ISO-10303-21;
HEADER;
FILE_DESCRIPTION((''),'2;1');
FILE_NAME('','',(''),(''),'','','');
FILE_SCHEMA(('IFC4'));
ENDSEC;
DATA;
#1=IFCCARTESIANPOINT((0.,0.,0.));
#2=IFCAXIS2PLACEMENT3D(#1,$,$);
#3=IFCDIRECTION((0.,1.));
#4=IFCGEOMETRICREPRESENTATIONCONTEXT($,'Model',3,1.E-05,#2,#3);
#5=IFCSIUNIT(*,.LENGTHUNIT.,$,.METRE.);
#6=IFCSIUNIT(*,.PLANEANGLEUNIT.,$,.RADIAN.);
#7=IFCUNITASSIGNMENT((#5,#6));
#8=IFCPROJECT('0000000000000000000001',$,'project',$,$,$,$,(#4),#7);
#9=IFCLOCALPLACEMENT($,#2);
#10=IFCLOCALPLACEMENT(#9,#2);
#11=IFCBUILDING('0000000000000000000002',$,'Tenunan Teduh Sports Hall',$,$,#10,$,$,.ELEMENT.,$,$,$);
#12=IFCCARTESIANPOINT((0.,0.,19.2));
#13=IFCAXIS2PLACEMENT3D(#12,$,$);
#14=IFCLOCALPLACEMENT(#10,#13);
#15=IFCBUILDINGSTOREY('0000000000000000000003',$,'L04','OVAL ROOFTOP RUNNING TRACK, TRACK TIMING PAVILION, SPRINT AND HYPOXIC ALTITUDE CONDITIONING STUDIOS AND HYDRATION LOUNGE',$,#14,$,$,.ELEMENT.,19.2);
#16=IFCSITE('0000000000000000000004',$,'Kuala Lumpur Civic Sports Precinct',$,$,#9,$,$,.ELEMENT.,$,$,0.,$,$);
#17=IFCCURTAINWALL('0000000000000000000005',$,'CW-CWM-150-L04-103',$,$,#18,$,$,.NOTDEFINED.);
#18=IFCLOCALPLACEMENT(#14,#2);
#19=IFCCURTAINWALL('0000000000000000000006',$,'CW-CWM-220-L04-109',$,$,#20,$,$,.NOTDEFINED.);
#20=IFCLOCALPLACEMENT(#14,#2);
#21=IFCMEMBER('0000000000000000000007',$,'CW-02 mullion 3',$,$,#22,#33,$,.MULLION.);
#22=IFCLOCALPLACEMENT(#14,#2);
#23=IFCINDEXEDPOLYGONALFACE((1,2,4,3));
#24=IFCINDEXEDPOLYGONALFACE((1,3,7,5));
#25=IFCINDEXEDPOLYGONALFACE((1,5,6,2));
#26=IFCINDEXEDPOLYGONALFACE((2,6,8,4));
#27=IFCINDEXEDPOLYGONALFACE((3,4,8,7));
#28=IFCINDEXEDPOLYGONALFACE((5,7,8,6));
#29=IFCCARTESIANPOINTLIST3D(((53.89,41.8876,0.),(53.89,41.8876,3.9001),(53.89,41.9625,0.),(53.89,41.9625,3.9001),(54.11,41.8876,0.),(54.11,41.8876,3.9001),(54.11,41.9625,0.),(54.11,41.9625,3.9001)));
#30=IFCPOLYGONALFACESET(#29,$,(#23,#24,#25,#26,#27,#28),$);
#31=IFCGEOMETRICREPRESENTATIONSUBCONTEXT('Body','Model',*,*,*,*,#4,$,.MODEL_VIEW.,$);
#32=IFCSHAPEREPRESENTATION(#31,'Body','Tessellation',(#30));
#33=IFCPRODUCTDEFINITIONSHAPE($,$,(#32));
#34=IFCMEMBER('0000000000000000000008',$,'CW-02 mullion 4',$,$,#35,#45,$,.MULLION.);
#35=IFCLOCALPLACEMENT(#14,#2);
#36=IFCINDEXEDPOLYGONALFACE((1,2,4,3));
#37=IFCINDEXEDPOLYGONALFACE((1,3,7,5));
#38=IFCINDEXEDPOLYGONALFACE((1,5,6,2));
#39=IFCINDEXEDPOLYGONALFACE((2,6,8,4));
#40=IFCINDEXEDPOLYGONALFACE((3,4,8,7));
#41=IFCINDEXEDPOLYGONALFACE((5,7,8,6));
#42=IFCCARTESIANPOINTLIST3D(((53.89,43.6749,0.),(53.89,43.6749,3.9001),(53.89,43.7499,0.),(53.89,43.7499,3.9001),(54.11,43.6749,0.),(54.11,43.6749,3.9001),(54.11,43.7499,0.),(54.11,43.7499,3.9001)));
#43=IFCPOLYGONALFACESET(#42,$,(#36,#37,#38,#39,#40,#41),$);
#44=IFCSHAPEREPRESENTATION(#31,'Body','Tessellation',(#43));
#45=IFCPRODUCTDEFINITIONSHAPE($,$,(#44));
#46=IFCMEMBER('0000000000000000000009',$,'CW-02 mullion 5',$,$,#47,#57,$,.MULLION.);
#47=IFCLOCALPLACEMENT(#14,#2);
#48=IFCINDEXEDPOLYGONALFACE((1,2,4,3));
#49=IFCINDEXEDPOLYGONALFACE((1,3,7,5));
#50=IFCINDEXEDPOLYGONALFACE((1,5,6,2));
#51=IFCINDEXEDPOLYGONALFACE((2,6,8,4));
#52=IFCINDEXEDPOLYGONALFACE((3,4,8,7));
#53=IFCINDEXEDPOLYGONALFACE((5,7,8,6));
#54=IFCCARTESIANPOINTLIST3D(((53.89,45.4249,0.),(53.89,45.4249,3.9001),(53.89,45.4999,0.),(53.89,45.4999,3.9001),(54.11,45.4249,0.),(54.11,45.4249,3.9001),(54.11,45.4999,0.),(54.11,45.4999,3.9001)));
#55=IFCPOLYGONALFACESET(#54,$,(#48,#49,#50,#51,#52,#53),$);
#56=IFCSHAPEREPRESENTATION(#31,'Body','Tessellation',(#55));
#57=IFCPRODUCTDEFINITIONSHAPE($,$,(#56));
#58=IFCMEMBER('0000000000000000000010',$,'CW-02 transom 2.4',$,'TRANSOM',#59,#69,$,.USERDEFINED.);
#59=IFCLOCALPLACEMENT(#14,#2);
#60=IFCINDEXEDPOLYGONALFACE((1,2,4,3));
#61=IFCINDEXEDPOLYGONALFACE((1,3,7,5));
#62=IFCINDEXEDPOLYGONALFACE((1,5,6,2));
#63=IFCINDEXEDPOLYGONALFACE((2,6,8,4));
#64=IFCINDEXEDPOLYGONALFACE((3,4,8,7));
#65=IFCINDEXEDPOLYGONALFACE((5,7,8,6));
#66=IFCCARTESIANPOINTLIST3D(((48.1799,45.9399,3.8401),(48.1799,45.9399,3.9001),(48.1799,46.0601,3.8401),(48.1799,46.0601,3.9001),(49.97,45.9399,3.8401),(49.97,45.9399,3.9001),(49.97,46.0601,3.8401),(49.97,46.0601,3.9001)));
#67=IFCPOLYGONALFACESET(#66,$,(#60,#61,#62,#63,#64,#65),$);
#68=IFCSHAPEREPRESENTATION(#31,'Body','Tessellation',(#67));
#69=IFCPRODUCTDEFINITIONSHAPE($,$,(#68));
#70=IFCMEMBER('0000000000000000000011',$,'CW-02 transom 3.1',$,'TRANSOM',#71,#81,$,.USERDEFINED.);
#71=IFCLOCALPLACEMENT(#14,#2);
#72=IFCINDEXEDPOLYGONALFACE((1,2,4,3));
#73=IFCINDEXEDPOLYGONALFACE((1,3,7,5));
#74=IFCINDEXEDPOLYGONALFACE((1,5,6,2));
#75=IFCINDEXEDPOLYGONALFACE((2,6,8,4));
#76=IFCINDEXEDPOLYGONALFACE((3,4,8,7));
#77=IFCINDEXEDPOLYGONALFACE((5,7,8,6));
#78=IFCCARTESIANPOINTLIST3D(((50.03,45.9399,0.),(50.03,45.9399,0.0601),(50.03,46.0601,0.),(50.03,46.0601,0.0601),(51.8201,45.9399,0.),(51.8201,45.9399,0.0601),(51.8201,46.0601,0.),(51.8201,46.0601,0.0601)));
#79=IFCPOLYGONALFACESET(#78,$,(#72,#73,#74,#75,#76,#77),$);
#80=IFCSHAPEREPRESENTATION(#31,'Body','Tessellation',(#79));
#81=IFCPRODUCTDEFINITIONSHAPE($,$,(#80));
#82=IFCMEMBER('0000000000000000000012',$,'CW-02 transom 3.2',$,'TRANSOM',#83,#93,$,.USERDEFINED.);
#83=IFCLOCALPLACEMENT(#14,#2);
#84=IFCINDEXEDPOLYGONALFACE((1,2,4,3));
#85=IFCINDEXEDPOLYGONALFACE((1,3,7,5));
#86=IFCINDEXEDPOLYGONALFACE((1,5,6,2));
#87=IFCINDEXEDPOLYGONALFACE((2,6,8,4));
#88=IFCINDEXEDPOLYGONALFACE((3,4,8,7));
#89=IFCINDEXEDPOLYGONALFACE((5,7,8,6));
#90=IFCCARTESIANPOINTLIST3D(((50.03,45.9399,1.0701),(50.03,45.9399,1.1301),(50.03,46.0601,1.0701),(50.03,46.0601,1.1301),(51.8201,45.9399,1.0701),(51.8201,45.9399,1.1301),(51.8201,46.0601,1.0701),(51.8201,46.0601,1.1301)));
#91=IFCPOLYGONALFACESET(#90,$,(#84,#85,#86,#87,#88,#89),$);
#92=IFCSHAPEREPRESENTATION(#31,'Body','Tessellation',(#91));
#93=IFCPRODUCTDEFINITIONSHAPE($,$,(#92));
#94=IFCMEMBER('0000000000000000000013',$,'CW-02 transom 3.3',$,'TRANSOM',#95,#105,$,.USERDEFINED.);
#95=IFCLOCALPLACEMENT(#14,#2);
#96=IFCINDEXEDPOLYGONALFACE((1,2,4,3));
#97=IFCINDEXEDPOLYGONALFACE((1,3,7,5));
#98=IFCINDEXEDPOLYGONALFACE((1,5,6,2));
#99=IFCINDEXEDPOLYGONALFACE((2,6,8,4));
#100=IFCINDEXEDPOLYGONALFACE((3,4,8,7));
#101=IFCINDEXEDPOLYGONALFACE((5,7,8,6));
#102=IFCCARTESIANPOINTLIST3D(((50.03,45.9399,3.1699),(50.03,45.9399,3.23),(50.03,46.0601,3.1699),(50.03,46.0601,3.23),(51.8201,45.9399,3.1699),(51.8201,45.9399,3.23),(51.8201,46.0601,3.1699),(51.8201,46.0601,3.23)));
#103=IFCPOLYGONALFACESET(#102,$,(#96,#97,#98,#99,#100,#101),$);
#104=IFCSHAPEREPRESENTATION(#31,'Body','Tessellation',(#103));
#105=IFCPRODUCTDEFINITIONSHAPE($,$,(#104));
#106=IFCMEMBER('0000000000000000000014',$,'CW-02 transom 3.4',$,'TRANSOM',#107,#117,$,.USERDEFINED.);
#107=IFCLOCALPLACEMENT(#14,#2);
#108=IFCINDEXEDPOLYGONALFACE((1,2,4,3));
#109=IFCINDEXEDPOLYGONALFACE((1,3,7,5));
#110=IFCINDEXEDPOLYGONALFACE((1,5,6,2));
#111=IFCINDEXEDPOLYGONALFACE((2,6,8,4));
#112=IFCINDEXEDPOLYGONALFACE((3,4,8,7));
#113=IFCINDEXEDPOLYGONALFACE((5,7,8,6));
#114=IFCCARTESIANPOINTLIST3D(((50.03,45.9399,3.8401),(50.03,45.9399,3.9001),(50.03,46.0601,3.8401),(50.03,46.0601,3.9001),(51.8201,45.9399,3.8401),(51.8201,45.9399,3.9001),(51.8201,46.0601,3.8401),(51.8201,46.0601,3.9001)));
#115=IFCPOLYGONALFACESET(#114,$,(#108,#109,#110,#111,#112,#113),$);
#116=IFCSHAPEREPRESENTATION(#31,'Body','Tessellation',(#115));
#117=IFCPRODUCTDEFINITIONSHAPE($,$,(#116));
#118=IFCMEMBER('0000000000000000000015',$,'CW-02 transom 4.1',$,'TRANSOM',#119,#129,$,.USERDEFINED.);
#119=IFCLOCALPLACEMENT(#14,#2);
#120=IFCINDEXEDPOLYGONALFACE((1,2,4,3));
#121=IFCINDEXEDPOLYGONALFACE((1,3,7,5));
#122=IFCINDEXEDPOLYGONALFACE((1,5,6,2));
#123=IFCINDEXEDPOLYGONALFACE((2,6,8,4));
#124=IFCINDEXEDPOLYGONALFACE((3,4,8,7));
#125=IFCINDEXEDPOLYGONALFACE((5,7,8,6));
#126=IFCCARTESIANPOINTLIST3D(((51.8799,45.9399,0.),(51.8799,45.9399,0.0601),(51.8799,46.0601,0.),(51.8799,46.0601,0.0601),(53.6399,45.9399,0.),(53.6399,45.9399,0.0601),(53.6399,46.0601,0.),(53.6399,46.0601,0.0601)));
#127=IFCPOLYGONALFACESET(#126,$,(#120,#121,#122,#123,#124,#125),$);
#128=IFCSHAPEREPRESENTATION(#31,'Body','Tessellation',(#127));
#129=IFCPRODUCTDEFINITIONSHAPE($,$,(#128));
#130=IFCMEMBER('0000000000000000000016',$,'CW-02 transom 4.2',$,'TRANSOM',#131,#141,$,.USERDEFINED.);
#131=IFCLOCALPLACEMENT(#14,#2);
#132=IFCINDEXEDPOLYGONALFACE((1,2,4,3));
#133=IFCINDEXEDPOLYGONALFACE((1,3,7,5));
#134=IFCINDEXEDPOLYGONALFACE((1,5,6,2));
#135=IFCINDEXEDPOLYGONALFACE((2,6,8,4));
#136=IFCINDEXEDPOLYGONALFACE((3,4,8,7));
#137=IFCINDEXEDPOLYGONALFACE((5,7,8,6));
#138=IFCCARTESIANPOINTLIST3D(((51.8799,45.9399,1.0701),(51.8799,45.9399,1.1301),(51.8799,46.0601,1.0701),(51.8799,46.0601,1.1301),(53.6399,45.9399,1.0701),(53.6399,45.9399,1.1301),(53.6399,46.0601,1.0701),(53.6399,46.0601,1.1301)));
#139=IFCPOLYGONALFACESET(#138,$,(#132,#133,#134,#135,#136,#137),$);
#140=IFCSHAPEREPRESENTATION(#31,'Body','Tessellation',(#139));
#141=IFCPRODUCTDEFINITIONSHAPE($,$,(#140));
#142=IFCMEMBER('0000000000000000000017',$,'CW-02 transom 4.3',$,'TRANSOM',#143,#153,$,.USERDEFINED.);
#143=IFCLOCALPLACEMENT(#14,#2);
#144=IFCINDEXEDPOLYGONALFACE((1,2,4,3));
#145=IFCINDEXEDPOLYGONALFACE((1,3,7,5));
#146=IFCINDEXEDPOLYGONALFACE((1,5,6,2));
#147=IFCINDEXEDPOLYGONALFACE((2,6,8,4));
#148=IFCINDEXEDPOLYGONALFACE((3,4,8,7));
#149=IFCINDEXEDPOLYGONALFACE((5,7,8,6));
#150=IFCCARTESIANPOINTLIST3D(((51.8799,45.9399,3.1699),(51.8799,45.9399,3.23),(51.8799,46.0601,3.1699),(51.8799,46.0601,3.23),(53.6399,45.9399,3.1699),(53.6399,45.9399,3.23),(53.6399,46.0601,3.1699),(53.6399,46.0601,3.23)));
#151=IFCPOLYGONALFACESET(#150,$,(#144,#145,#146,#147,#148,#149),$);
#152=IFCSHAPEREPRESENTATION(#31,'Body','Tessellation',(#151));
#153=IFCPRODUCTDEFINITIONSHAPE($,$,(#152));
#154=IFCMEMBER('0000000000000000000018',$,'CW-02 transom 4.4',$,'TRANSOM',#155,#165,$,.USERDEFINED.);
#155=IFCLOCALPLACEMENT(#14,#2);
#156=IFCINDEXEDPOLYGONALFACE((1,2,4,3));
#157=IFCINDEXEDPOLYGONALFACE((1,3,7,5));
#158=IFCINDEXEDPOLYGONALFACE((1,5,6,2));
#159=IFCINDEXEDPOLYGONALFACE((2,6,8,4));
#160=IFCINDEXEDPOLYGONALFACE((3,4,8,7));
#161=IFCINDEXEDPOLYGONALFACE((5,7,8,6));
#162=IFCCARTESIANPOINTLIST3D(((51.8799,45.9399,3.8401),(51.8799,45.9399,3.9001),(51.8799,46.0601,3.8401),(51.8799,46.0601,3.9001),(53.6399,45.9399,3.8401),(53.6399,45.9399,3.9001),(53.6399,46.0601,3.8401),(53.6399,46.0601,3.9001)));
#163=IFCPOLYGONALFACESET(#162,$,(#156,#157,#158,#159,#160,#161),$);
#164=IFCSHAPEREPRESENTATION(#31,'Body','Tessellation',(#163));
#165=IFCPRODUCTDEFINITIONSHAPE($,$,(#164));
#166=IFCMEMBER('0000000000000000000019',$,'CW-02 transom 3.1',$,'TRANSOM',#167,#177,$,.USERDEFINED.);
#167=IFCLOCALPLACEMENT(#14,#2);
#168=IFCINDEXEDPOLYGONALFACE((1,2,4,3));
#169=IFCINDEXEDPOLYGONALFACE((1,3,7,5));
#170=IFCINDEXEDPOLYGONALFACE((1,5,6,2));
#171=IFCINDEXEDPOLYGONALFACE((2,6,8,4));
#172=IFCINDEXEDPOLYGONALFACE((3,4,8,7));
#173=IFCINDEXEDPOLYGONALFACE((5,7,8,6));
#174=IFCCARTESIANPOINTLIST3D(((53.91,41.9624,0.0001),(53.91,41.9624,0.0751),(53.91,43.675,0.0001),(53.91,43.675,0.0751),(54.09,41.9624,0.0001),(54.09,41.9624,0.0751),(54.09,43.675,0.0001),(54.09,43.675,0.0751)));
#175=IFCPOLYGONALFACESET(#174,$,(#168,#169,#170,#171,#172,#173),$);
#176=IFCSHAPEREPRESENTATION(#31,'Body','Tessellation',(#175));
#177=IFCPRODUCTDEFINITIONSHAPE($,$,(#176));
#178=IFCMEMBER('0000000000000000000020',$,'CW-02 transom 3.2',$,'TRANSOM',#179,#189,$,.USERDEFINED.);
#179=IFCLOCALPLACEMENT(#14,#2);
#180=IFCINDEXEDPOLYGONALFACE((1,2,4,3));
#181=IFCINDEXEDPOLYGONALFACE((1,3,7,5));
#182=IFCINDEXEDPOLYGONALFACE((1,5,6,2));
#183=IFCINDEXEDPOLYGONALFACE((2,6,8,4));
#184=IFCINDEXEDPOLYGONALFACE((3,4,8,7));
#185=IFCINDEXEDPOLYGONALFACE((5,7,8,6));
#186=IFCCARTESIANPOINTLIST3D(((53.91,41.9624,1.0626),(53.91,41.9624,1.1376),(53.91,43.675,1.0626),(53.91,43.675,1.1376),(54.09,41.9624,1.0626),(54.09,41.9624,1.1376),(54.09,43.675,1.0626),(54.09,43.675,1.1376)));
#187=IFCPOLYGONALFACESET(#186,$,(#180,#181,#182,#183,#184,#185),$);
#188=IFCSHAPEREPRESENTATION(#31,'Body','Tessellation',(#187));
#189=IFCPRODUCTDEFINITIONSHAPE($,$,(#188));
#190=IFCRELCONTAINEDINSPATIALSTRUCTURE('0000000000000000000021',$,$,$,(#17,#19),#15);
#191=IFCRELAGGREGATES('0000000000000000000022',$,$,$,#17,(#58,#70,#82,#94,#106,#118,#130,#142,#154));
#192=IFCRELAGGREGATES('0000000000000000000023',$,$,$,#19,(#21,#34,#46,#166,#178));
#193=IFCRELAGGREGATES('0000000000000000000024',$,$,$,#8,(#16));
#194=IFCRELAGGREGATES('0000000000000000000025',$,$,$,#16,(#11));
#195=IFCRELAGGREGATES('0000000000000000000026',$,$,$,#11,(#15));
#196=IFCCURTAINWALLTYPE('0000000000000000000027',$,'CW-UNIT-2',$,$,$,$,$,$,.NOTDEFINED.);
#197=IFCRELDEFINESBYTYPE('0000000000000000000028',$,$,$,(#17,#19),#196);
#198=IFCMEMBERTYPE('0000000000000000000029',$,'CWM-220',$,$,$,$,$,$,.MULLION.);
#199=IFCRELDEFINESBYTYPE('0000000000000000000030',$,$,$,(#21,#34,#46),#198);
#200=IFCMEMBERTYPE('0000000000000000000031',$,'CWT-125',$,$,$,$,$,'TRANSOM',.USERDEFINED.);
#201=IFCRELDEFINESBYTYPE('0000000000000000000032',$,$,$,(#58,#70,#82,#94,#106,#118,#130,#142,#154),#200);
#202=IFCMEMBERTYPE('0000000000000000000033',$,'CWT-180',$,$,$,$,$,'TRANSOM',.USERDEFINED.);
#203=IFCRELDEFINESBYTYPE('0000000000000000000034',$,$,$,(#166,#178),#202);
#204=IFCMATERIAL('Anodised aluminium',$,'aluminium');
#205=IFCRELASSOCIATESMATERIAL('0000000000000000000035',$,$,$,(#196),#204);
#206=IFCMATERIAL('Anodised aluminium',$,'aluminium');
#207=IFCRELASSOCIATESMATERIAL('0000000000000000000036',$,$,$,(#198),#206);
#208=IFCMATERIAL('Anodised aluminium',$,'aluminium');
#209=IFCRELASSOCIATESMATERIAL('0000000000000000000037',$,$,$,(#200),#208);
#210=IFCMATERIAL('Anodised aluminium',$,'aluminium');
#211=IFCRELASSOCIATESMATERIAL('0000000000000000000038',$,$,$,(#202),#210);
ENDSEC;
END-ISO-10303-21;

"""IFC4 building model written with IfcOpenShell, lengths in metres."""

from ifc_helpers import new_model, si_unit, direction, frame, origin, origin_2d, place, context, subcontext, project, spatial, rectangle, extrude, material, material_profile, profile_set, type_object, element, aggregate, save


model = new_model("IFC4")

# Units and contexts
model_context = context("Model", 3, precision=1e-05, world=origin(), true_north=direction((0.0, 1.0)))
body_context = subcontext(model_context, "Body", "Model", "MODEL_VIEW")
ifc_project = project(units=[si_unit("LENGTHUNIT", "METRE"), si_unit("PLANEANGLEUNIT", "RADIAN")], contexts=[model_context])

# Site, building, storey
site_placement = place(None, origin())
site = spatial("IfcSite", under=ifc_project, at=site_placement, Name="Kuala Lumpur Civic Sports Precinct", CompositionType="ELEMENT", RefElevation=0.0)
building_placement = place(site_placement, origin())
building = spatial("IfcBuilding", under=site, at=building_placement, Name="Tenunan Teduh Sports Hall", CompositionType="ELEMENT")
storey_placement = place(building_placement, frame((0.0, 0.0, 19.2)))
storey = spatial("IfcBuildingStorey", under=building, at=storey_placement, Name="L04", Description="OVAL ROOFTOP RUNNING TRACK, TRACK TIMING PAVILION, SPRINT AND HYPOXIC ALTITUDE CONDITIONING STUDIOS AND HYDRATION LOUNGE", CompositionType="ELEMENT", Elevation=19.2)

# Curtain walls, members
ifc_material_1 = material(Name="Anodised aluminium", Category="aluminium")
curtain_wall_type = type_object("IfcCurtainWallType", Name="CW-UNIT-2", PredefinedType="NOTDEFINED", material=ifc_material_1)
curtain_wall_1_placement = place(storey_placement, origin())
curtain_wall_1 = element("IfcCurtainWall", 1, at=curtain_wall_1_placement, inside=storey, type_object=curtain_wall_type, Name="CW-CWM-150-L04-103", PredefinedType="NOTDEFINED")
curtain_wall_2_placement = place(storey_placement, origin())
curtain_wall_2 = element("IfcCurtainWall", 2, at=curtain_wall_2_placement, inside=storey, type_object=curtain_wall_type, Name="CW-CWM-220-L04-109", PredefinedType="NOTDEFINED")
ifc_material_2 = material(Name="Anodised aluminium", Category="aluminium")
ifc_material_profile_1 = material_profile(ifc_material_2, rectangle(XDim=0.075, YDim=0.22, at=origin_2d()), Name="CWM 75x220")
ifc_profile_set_1 = profile_set([ifc_material_profile_1], Name="Anodised aluminium")
member_type_1 = type_object("IfcMemberType", Name="CWM-220", PredefinedType="MULLION", material=ifc_profile_set_1)
member_1_placement = place(storey_placement, frame((54.0, 41.925, 0.0), z_axis=(0.0, 0.0, 1.0), x_axis=(0.0, 1.0, 0.0)))
member_1 = element("IfcMember", 3, at=member_1_placement, type_object=member_type_1, Name="CW-02 mullion 3", PredefinedType="MULLION", context=body_context, shape_type="SweptSolid", body=[
    extrude(rectangle(XDim=0.075, YDim=0.22, at=origin_2d()), origin(), (0.0, 0.0, 1.0), 3.9001),
])
member_2_placement = place(storey_placement, frame((54.0, 43.7124, 0.0), z_axis=(0.0, 0.0, 1.0), x_axis=(0.0, 1.0, 0.0)))
member_2 = element("IfcMember", 4, at=member_2_placement, type_object=member_type_1, Name="CW-02 mullion 4", PredefinedType="MULLION", context=body_context, shape_type="SweptSolid", body=[
    extrude(rectangle(XDim=0.075, YDim=0.22, at=origin_2d()), origin(), (0.0, 0.0, 1.0), 3.9001),
])
member_3_placement = place(storey_placement, frame((54.0, 45.4624, 0.0), z_axis=(0.0, 0.0, 1.0), x_axis=(0.0, 1.0, 0.0)))
member_3 = element("IfcMember", 5, at=member_3_placement, type_object=member_type_1, Name="CW-02 mullion 5", PredefinedType="MULLION", context=body_context, shape_type="SweptSolid", body=[
    extrude(rectangle(XDim=0.075, YDim=0.22, at=origin_2d()), origin(), (0.0, 0.0, 1.0), 3.9001),
])

# Members
ifc_material_3 = material(Name="Anodised aluminium", Category="aluminium")
ifc_material_profile_2 = material_profile(ifc_material_3, rectangle(XDim=0.0601, YDim=0.1201, at=origin_2d()), Name="CWT 60x120")
ifc_profile_set_2 = profile_set([ifc_material_profile_2], Name="Anodised aluminium")
member_type_2 = type_object("IfcMemberType", Name="CWT-125", ElementType="TRANSOM", PredefinedType="USERDEFINED", material=ifc_profile_set_2)
member_4_placement = place(storey_placement, frame((48.1799, 46.0, 3.8701), z_axis=(1.0, 0.0, 0.0), x_axis=(0.0, 0.0, 1.0)))
member_4 = element("IfcMember", 6, at=member_4_placement, type_object=member_type_2, Name="CW-02 transom 2.4", ObjectType="TRANSOM", PredefinedType="USERDEFINED", context=body_context, shape_type="SweptSolid", body=[
    extrude(rectangle(XDim=0.0601, YDim=0.1201, at=origin_2d()), origin(), (0.0, 0.0, 1.0), 1.79),
])
member_5_placement = place(storey_placement, frame((50.03, 46.0, 0.03), z_axis=(1.0, 0.0, 0.0), x_axis=(0.0, 0.0, 1.0)))
member_5 = element("IfcMember", 7, at=member_5_placement, type_object=member_type_2, Name="CW-02 transom 3.1", ObjectType="TRANSOM", PredefinedType="USERDEFINED", context=body_context, shape_type="SweptSolid", body=[
    extrude(rectangle(XDim=0.0601, YDim=0.1201, at=origin_2d()), origin(), (0.0, 0.0, 1.0), 1.79),
])
member_6_placement = place(storey_placement, frame((50.03, 46.0, 1.1001), z_axis=(1.0, 0.0, 0.0), x_axis=(0.0, 0.0, 1.0)))
member_6 = element("IfcMember", 8, at=member_6_placement, type_object=member_type_2, Name="CW-02 transom 3.2", ObjectType="TRANSOM", PredefinedType="USERDEFINED", context=body_context, shape_type="SweptSolid", body=[
    extrude(rectangle(XDim=0.0601, YDim=0.1201, at=origin_2d()), origin(), (0.0, 0.0, 1.0), 1.79),
])
member_7_placement = place(storey_placement, frame((50.03, 46.0, 3.2), z_axis=(1.0, 0.0, 0.0), x_axis=(0.0, 0.0, 1.0)))
member_7 = element("IfcMember", 9, at=member_7_placement, type_object=member_type_2, Name="CW-02 transom 3.3", ObjectType="TRANSOM", PredefinedType="USERDEFINED", context=body_context, shape_type="SweptSolid", body=[
    extrude(rectangle(XDim=0.0601, YDim=0.1201, at=origin_2d()), origin(), (0.0, 0.0, 1.0), 1.79),
])
member_8_placement = place(storey_placement, frame((50.03, 46.0, 3.8701), z_axis=(1.0, 0.0, 0.0), x_axis=(0.0, 0.0, 1.0)))
member_8 = element("IfcMember", 10, at=member_8_placement, type_object=member_type_2, Name="CW-02 transom 3.4", ObjectType="TRANSOM", PredefinedType="USERDEFINED", context=body_context, shape_type="SweptSolid", body=[
    extrude(rectangle(XDim=0.0601, YDim=0.1201, at=origin_2d()), origin(), (0.0, 0.0, 1.0), 1.79),
])
member_9_placement = place(storey_placement, frame((51.8799, 46.0, 0.03), z_axis=(1.0, 0.0, 0.0), x_axis=(0.0, 0.0, 1.0)))
member_9 = element("IfcMember", 11, at=member_9_placement, type_object=member_type_2, Name="CW-02 transom 4.1", ObjectType="TRANSOM", PredefinedType="USERDEFINED", context=body_context, shape_type="SweptSolid", body=[
    extrude(rectangle(XDim=0.0601, YDim=0.1201, at=origin_2d()), origin(), (0.0, 0.0, 1.0), 1.76),
])
member_10_placement = place(storey_placement, frame((51.8799, 46.0, 1.1001), z_axis=(1.0, 0.0, 0.0), x_axis=(0.0, 0.0, 1.0)))
member_10 = element("IfcMember", 12, at=member_10_placement, type_object=member_type_2, Name="CW-02 transom 4.2", ObjectType="TRANSOM", PredefinedType="USERDEFINED", context=body_context, shape_type="SweptSolid", body=[
    extrude(rectangle(XDim=0.0601, YDim=0.1201, at=origin_2d()), origin(), (0.0, 0.0, 1.0), 1.76),
])
member_11_placement = place(storey_placement, frame((51.8799, 46.0, 3.2), z_axis=(1.0, 0.0, 0.0), x_axis=(0.0, 0.0, 1.0)))
member_11 = element("IfcMember", 13, at=member_11_placement, type_object=member_type_2, Name="CW-02 transom 4.3", ObjectType="TRANSOM", PredefinedType="USERDEFINED", context=body_context, shape_type="SweptSolid", body=[
    extrude(rectangle(XDim=0.0601, YDim=0.1201, at=origin_2d()), origin(), (0.0, 0.0, 1.0), 1.76),
])
member_12_placement = place(storey_placement, frame((51.8799, 46.0, 3.8701), z_axis=(1.0, 0.0, 0.0), x_axis=(0.0, 0.0, 1.0)))
member_12 = element("IfcMember", 14, at=member_12_placement, type_object=member_type_2, Name="CW-02 transom 4.4", ObjectType="TRANSOM", PredefinedType="USERDEFINED", context=body_context, shape_type="SweptSolid", body=[
    extrude(rectangle(XDim=0.0601, YDim=0.1201, at=origin_2d()), origin(), (0.0, 0.0, 1.0), 1.76),
])
ifc_material_4 = material(Name="Anodised aluminium", Category="aluminium")
ifc_material_profile_3 = material_profile(ifc_material_4, rectangle(XDim=0.075, YDim=0.1799, at=origin_2d()), Name="CWT 75x180")
ifc_profile_set_3 = profile_set([ifc_material_profile_3], Name="Anodised aluminium")
member_type_3 = type_object("IfcMemberType", Name="CWT-180", ElementType="TRANSOM", PredefinedType="USERDEFINED", material=ifc_profile_set_3)
member_13_placement = place(storey_placement, frame((54.0, 41.9624, 0.0376), z_axis=(0.0, 1.0, 0.0), x_axis=(0.0, 0.0, 1.0)))
member_13 = element("IfcMember", 15, at=member_13_placement, type_object=member_type_3, Name="CW-02 transom 3.1", ObjectType="TRANSOM", PredefinedType="USERDEFINED", context=body_context, shape_type="SweptSolid", body=[
    extrude(rectangle(XDim=0.075, YDim=0.1799, at=origin_2d()), origin(), (0.0, 0.0, 1.0), 1.7126),
])
member_14_placement = place(storey_placement, frame((54.0, 41.9624, 1.1001), z_axis=(0.0, 1.0, 0.0), x_axis=(0.0, 0.0, 1.0)))
member_14 = element("IfcMember", 16, at=member_14_placement, type_object=member_type_3, Name="CW-02 transom 3.2", ObjectType="TRANSOM", PredefinedType="USERDEFINED", context=body_context, shape_type="SweptSolid", body=[
    extrude(rectangle(XDim=0.075, YDim=0.1799, at=origin_2d()), origin(), (0.0, 0.0, 1.0), 1.7126),
])

aggregate(curtain_wall_1, [member_4, member_5, member_6, member_7, member_8, member_9, member_10, member_11, member_12])
aggregate(curtain_wall_2, [member_1, member_2, member_3, member_13, member_14])

save(model, "model.ifc")
